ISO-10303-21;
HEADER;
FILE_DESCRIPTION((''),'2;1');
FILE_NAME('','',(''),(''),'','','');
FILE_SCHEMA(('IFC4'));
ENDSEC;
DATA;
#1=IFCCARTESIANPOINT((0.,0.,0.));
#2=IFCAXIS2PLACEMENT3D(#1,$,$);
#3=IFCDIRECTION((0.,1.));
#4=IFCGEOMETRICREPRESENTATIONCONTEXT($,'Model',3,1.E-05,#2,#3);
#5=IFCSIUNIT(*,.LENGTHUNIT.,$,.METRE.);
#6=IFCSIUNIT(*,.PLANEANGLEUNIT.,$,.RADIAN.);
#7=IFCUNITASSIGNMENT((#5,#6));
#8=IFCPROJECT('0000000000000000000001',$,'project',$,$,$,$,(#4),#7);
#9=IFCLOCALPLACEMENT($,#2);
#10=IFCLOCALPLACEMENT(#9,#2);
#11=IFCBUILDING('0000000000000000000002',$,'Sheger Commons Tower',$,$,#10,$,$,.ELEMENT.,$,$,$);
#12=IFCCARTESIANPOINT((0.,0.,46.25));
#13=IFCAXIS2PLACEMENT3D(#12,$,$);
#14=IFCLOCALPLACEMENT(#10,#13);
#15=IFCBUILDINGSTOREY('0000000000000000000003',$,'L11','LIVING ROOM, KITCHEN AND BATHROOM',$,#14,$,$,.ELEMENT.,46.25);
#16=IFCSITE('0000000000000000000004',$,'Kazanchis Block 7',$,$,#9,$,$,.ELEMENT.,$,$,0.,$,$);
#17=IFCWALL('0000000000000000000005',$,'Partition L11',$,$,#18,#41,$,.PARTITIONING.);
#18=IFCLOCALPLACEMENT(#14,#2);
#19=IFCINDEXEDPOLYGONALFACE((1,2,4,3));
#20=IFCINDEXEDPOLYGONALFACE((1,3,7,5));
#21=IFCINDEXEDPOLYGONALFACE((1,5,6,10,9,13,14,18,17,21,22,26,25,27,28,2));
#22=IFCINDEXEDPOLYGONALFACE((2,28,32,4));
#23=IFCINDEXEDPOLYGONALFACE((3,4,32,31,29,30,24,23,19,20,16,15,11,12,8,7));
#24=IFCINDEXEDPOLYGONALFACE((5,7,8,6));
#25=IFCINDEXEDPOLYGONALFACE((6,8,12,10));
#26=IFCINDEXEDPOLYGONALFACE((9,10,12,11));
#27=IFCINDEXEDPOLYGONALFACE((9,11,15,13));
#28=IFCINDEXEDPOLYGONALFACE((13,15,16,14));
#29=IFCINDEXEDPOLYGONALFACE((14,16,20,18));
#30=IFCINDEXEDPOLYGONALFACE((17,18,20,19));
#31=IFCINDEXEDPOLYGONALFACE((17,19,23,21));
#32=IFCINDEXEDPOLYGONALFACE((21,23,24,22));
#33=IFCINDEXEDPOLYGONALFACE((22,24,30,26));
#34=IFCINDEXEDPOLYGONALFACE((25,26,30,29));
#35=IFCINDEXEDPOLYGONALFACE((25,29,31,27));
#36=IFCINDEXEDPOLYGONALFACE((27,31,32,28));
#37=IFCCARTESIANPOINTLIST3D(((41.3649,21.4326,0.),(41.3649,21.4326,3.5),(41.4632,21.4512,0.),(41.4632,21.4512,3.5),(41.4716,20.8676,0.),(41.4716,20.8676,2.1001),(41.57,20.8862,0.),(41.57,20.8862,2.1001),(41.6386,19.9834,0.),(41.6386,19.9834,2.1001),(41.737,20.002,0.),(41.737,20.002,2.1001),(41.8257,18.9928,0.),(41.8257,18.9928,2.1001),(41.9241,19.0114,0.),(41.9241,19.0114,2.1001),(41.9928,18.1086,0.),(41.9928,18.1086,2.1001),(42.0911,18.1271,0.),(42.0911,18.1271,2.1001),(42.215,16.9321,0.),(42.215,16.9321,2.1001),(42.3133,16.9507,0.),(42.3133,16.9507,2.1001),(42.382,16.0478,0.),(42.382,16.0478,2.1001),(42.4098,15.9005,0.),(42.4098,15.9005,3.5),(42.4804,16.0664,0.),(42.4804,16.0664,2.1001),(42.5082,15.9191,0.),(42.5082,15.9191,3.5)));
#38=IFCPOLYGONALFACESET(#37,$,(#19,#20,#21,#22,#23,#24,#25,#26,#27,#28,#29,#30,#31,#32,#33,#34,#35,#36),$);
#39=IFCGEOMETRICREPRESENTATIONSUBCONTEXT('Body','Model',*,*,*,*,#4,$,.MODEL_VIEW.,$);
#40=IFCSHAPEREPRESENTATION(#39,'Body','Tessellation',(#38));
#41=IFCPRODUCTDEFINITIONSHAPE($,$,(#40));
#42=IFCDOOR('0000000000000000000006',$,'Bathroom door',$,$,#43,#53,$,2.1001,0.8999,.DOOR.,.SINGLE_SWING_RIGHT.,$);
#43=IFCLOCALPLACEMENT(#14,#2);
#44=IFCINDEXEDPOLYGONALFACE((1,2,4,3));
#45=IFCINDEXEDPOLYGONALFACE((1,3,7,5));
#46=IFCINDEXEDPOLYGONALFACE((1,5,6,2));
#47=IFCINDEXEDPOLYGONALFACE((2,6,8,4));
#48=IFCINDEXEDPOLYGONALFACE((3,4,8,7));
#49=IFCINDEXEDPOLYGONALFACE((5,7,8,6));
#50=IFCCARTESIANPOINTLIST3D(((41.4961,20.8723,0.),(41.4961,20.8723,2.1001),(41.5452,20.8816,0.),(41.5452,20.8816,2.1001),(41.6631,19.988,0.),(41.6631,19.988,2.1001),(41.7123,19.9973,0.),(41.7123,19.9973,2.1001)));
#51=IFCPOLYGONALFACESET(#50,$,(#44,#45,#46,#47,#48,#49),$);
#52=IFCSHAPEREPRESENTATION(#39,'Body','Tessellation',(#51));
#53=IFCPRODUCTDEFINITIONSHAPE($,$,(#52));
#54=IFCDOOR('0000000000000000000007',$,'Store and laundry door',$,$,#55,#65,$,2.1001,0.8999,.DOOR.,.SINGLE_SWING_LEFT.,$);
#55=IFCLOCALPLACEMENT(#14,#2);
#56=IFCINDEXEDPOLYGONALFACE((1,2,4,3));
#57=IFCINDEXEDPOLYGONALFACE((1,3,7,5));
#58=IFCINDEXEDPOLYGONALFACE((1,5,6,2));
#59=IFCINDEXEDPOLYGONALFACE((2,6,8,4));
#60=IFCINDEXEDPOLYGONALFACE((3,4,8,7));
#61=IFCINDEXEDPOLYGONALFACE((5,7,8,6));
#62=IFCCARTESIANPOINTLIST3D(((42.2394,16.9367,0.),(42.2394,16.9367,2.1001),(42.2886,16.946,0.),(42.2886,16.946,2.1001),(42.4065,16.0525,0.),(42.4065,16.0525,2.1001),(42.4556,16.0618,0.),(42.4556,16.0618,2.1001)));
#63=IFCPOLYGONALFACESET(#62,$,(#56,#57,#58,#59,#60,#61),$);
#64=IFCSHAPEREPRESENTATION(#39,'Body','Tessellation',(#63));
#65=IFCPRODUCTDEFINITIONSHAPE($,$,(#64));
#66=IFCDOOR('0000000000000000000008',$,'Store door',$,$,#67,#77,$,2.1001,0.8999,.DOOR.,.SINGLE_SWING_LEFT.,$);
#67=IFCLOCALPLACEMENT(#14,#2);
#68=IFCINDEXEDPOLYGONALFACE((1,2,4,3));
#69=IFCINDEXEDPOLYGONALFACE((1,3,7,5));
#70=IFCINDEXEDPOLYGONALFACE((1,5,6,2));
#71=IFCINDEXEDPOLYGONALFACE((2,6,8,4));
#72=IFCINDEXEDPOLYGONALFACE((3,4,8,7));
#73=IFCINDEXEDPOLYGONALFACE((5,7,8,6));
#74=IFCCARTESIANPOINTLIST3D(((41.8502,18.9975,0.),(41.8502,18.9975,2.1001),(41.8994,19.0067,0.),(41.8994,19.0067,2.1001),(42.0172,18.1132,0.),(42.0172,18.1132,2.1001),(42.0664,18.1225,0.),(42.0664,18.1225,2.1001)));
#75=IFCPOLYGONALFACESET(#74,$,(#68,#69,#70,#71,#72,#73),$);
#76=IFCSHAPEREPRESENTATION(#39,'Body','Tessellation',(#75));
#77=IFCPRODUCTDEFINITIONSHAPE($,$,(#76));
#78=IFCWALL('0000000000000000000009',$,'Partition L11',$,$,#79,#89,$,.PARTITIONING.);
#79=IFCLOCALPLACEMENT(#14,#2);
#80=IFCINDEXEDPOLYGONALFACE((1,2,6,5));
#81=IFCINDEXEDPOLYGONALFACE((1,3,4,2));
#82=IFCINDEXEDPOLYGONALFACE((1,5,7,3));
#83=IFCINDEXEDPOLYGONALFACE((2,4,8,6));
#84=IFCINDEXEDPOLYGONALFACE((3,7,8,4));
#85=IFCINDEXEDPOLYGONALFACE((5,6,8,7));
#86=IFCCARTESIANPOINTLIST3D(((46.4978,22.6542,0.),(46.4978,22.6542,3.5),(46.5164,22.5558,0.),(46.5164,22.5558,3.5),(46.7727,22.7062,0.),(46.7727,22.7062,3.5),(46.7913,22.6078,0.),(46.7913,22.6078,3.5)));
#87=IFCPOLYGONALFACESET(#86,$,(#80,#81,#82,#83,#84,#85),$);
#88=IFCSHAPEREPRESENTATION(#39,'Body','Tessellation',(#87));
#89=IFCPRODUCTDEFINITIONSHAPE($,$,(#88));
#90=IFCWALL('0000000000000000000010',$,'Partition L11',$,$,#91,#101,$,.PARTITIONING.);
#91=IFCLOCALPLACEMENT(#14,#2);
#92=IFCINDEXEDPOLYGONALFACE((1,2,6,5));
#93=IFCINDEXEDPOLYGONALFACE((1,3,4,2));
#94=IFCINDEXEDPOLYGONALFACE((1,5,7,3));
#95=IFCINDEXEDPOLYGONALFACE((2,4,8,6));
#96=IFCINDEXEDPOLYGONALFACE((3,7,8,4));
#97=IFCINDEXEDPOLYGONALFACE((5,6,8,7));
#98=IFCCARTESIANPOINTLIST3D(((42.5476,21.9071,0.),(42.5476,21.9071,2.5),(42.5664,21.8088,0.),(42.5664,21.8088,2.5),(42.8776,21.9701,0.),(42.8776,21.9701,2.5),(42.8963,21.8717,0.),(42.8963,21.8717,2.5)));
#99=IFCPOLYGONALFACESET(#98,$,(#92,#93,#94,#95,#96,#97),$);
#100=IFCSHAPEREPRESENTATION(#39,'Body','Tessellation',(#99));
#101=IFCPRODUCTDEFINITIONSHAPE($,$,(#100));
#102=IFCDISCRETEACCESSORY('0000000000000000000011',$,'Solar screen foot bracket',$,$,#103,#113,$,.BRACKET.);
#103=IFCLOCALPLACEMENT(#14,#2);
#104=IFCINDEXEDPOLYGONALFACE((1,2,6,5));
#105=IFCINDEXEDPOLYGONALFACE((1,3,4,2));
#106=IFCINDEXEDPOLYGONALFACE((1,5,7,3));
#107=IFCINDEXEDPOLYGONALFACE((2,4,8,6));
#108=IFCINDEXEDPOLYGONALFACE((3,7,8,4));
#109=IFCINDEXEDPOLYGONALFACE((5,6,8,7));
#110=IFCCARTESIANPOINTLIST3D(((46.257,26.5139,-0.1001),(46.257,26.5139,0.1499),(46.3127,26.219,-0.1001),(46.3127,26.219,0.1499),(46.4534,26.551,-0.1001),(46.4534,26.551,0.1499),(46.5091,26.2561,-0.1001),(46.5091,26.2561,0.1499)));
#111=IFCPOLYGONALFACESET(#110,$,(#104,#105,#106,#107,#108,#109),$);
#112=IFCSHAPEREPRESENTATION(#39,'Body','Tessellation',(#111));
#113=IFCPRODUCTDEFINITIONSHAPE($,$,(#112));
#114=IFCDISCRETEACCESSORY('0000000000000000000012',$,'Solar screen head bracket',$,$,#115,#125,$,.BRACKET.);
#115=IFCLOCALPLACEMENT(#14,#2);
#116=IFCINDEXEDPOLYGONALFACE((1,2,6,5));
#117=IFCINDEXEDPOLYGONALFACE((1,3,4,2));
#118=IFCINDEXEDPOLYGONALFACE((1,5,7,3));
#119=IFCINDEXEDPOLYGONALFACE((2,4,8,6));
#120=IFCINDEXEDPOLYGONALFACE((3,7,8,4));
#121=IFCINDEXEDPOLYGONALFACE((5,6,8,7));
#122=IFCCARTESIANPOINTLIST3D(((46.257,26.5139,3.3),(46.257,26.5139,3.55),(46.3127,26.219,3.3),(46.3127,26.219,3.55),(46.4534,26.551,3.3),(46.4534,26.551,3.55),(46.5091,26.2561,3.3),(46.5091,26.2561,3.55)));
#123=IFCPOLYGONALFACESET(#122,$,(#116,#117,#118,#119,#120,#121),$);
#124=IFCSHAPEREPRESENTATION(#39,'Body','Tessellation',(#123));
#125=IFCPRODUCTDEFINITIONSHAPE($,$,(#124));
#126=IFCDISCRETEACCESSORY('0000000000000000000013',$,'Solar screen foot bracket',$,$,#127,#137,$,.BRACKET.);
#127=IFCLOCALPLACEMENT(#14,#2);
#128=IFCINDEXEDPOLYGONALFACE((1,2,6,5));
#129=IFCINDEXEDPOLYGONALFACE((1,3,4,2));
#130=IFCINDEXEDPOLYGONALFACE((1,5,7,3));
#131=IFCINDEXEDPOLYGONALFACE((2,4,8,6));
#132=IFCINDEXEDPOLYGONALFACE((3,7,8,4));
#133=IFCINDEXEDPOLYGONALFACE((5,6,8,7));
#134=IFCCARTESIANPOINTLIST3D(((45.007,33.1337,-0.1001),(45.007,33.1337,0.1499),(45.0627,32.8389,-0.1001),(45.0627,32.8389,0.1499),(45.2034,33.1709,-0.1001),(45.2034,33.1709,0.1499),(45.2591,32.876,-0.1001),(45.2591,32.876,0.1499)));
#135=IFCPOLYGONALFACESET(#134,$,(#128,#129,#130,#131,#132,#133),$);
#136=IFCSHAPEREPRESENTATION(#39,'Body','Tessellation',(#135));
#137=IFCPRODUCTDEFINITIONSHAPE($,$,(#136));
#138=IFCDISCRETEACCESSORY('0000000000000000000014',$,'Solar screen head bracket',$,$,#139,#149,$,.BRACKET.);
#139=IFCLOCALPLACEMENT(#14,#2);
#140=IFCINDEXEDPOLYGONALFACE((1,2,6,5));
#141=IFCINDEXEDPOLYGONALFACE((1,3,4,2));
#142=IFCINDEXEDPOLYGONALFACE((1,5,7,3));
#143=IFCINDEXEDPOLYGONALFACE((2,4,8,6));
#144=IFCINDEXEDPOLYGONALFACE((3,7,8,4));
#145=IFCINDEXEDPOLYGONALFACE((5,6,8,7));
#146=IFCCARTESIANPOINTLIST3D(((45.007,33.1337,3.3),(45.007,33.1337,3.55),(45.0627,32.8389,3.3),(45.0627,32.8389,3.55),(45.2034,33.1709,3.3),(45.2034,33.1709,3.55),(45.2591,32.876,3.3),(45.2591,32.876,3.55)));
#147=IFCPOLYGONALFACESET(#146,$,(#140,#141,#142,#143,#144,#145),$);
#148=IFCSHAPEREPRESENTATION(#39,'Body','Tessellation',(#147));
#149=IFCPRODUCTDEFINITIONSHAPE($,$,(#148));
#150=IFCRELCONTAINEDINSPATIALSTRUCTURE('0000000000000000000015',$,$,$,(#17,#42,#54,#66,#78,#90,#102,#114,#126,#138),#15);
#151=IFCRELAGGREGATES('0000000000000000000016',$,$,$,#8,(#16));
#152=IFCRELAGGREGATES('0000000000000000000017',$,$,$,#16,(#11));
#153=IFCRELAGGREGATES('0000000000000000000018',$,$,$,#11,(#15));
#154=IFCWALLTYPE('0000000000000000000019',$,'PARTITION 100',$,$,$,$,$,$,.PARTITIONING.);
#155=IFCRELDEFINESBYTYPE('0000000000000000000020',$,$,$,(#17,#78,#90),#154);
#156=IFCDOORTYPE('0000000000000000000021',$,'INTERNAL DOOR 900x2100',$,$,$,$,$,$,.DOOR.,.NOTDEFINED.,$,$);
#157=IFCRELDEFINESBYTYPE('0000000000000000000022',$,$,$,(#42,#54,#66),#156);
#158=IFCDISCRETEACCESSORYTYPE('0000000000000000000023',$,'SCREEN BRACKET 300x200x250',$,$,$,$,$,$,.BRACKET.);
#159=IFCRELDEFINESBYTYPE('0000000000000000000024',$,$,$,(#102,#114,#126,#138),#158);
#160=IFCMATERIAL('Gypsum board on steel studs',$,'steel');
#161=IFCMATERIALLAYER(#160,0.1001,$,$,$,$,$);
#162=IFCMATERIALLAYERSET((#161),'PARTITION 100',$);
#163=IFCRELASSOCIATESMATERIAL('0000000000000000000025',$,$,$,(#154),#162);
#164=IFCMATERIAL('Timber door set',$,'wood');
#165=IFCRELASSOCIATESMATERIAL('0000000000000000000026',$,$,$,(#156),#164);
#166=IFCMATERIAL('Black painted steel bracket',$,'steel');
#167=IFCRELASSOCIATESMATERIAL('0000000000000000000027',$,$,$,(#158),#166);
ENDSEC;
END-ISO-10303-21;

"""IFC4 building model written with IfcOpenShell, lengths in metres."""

from ifc_helpers import new_model, si_unit, direction, frame, frame_2d, origin, origin_2d, place, context, subcontext, project, spatial, rectangle, extrude, material, layer, layer_set, type_object, element, fill, save


model = new_model("IFC4")

# Units and contexts
model_context = context("Model", 3, precision=1e-05, world=origin(), true_north=direction((0.0, 1.0)))
body_context = subcontext(model_context, "Body", "Model", "MODEL_VIEW")
ifc_project = project(units=[si_unit("LENGTHUNIT", "METRE"), si_unit("PLANEANGLEUNIT", "RADIAN")], contexts=[model_context])

# Site, building, storey
site_placement = place(None, origin())
site = spatial("IfcSite", under=ifc_project, at=site_placement, Name="Kazanchis Block 7", CompositionType="ELEMENT", RefElevation=0.0)
building_placement = place(site_placement, origin())
building = spatial("IfcBuilding", under=site, at=building_placement, Name="Sheger Commons Tower", CompositionType="ELEMENT")
storey_placement = place(building_placement, frame((0.0, 0.0, 46.25)))
storey = spatial("IfcBuildingStorey", under=building, at=storey_placement, Name="L11", Description="LIVING ROOM, KITCHEN AND BATHROOM", CompositionType="ELEMENT", Elevation=46.25)

# Shared definitions
ifc_material_1 = material(Name="Gypsum board on steel studs", Category="steel")
ifc_layer_1 = layer(ifc_material_1, 0.1001)
ifc_layer_set_1 = layer_set([ifc_layer_1], Name="PARTITION 100")
wall_type_1 = type_object("IfcWallType", Name="PARTITION 100", PredefinedType="PARTITIONING", material=ifc_layer_set_1)

# Shared definitions
ifc_material_2 = material(Name="Timber door set", Category="wood")
door_type = type_object("IfcDoorType", Name="INTERNAL DOOR 900x2100", OperationType="NOTDEFINED", PredefinedType="DOOR", material=ifc_material_2)

# Wall, openings, doors
wall_1_placement = place(storey_placement, frame((41.4141, 21.4419, 0.0), z_axis=(0.0, 0.0, 1.0), x_axis=(0.185605, -0.982624, 0.0)))
wall_1 = element("IfcWall", 1, at=wall_1_placement, inside=storey, type_object=wall_type_1, Name="Partition L11", PredefinedType="PARTITIONING", context=body_context, shape_type="SweptSolid", body=[
    extrude(rectangle(XDim=5.6299, YDim=0.1001, at=frame_2d((2.8149, 0.0))), origin(), (0.0, 0.0, 1.0), 3.5),
])
opening_1_placement = place(wall_1_placement, frame((0.575, 0.0, 0.0)))
opening_1 = element("IfcOpeningElement", 2, at=opening_1_placement, cuts=wall_1, PredefinedType="OPENING", context=body_context, shape_type="SweptSolid", body=[
    extrude(rectangle(XDim=0.8999, YDim=2.1001, at=frame_2d((0.45, 1.05))), frame((0.0, 0.0601, 0.0), z_axis=(0.0, -1.0, 0.0), x_axis=(1.0, 0.0, 0.0)), (0.0, 0.0, 1.0), 0.1201),
])
opening_2_placement = place(wall_1_placement, frame((4.5801, 0.0, 0.0)))
opening_2 = element("IfcOpeningElement", 3, at=opening_2_placement, cuts=wall_1, PredefinedType="OPENING", context=body_context, shape_type="SweptSolid", body=[
    extrude(rectangle(XDim=0.8999, YDim=2.1001, at=frame_2d((0.45, 1.05))), frame((0.0, 0.0601, 0.0), z_axis=(0.0, -1.0, 0.0), x_axis=(1.0, 0.0, 0.0)), (0.0, 0.0, 1.0), 0.1201),
])
opening_3_placement = place(wall_1_placement, frame((2.4829, 0.0, 0.0)))
opening_3 = element("IfcOpeningElement", 4, at=opening_3_placement, cuts=wall_1, PredefinedType="OPENING", context=body_context, shape_type="SweptSolid", body=[
    extrude(rectangle(XDim=0.8999, YDim=2.1001, at=frame_2d((0.45, 1.05))), frame((0.0, 0.0601, 0.0), z_axis=(0.0, -1.0, 0.0), x_axis=(1.0, 0.0, 0.0)), (0.0, 0.0, 1.0), 0.1201),
])
door_1_placement = place(opening_1_placement, origin())
door_1 = element("IfcDoor", 5, at=door_1_placement, inside=storey, type_object=door_type, Name="Bathroom door", OperationType="SINGLE_SWING_RIGHT", OverallHeight=2.1001, OverallWidth=0.8999, PredefinedType="DOOR", context=body_context, shape_type="SweptSolid", body=[
    extrude(rectangle(XDim=0.8999, YDim=2.1001, at=frame_2d((0.45, 1.05))), frame((0.0, 0.0249, 0.0), z_axis=(0.0, -1.0, 0.0), x_axis=(1.0, 0.0, 0.0)), (0.0, 0.0, 1.0), 0.05),
])
fill(opening_1, door_1)
door_2_placement = place(opening_2_placement, origin())
door_2 = element("IfcDoor", 6, at=door_2_placement, inside=storey, type_object=door_type, Name="Store and laundry door", OperationType="SINGLE_SWING_LEFT", OverallHeight=2.1001, OverallWidth=0.8999, PredefinedType="DOOR", context=body_context, shape_type="SweptSolid", body=[
    extrude(rectangle(XDim=0.8999, YDim=2.1001, at=frame_2d((0.45, 1.05))), frame((0.0, 0.0249, 0.0), z_axis=(0.0, -1.0, 0.0), x_axis=(1.0, 0.0, 0.0)), (0.0, 0.0, 1.0), 0.05),
])
fill(opening_2, door_2)
door_3_placement = place(opening_3_placement, origin())
door_3 = element("IfcDoor", 7, at=door_3_placement, inside=storey, type_object=door_type, Name="Store door", OperationType="SINGLE_SWING_LEFT", OverallHeight=2.1001, OverallWidth=0.8999, PredefinedType="DOOR", context=body_context, shape_type="SweptSolid", body=[
    extrude(rectangle(XDim=0.8999, YDim=2.1001, at=frame_2d((0.45, 1.05))), frame((0.0, 0.0249, 0.0), z_axis=(0.0, -1.0, 0.0), x_axis=(1.0, 0.0, 0.0)), (0.0, 0.0, 1.0), 0.05),
])
fill(opening_3, door_3)

# Walls
wall_2_placement = place(storey_placement, frame((46.782, 22.657, 0.0), z_axis=(0.0, 0.0, 1.0), x_axis=(-0.982575, -0.185869, 0.0)))
element("IfcWall", 8, at=wall_2_placement, inside=storey, type_object=wall_type_1, Name="Partition L11", PredefinedType="PARTITIONING", context=body_context, shape_type="SweptSolid", body=[
    extrude(rectangle(XDim=0.2798, YDim=0.1001, at=frame_2d((0.1399, 0.0))), origin(), (0.0, 0.0, 1.0), 3.5),
])
wall_3_placement = place(storey_placement, frame((42.887, 21.9209, 0.0), z_axis=(0.0, 0.0, 1.0), x_axis=(-0.982275, -0.187446, 0.0)))
element("IfcWall", 9, at=wall_3_placement, inside=storey, type_object=wall_type_1, Name="Partition L11", PredefinedType="PARTITIONING", context=body_context, shape_type="SweptSolid", body=[
    extrude(rectangle(XDim=0.3359, YDim=0.1001, at=frame_2d((0.168, 0.0))), origin(), (0.0, 0.0, 1.0), 2.5),
])

# Discrete accessories
ifc_material_3 = material(Name="Black painted steel bracket", Category="steel")
discrete_accessory_type = type_object("IfcDiscreteAccessoryType", Name="SCREEN BRACKET 300x200x250", PredefinedType="BRACKET", material=ifc_material_3)
for number, where, z_axis, x_axis, name in (
    (10, (46.3831, 26.385, -0.1001), (0.0, 0.0, 1.0), (-0.185615, 0.982623, 0.0), "Solar screen foot bracket"),
    (11, (46.3831, 26.385, 3.3), (0.0, 0.0, 1.0), (-0.185615, 0.982623, 0.0), "Solar screen head bracket"),
    (12, (45.1331, 33.0049, -0.1001), (0.0, 0.0, 1.0), (-0.185615, 0.982623, 0.0), "Solar screen foot bracket"),
    (13, (45.1331, 33.0049, 3.3), (0.0, 0.0, 1.0), (-0.185615, 0.982623, 0.0), "Solar screen head bracket"),
):
    element("IfcDiscreteAccessory", number, at=place(storey_placement, frame(where, z_axis=z_axis, x_axis=x_axis)), inside=storey, type_object=discrete_accessory_type, Name=name, PredefinedType="BRACKET", context=body_context, shape_type="SweptSolid", body=[
        extrude(rectangle(XDim=0.3, YDim=0.2, at=origin_2d()), origin(), (0.0, 0.0, 1.0), 0.25),
    ])

save(model, "model.ifc")
